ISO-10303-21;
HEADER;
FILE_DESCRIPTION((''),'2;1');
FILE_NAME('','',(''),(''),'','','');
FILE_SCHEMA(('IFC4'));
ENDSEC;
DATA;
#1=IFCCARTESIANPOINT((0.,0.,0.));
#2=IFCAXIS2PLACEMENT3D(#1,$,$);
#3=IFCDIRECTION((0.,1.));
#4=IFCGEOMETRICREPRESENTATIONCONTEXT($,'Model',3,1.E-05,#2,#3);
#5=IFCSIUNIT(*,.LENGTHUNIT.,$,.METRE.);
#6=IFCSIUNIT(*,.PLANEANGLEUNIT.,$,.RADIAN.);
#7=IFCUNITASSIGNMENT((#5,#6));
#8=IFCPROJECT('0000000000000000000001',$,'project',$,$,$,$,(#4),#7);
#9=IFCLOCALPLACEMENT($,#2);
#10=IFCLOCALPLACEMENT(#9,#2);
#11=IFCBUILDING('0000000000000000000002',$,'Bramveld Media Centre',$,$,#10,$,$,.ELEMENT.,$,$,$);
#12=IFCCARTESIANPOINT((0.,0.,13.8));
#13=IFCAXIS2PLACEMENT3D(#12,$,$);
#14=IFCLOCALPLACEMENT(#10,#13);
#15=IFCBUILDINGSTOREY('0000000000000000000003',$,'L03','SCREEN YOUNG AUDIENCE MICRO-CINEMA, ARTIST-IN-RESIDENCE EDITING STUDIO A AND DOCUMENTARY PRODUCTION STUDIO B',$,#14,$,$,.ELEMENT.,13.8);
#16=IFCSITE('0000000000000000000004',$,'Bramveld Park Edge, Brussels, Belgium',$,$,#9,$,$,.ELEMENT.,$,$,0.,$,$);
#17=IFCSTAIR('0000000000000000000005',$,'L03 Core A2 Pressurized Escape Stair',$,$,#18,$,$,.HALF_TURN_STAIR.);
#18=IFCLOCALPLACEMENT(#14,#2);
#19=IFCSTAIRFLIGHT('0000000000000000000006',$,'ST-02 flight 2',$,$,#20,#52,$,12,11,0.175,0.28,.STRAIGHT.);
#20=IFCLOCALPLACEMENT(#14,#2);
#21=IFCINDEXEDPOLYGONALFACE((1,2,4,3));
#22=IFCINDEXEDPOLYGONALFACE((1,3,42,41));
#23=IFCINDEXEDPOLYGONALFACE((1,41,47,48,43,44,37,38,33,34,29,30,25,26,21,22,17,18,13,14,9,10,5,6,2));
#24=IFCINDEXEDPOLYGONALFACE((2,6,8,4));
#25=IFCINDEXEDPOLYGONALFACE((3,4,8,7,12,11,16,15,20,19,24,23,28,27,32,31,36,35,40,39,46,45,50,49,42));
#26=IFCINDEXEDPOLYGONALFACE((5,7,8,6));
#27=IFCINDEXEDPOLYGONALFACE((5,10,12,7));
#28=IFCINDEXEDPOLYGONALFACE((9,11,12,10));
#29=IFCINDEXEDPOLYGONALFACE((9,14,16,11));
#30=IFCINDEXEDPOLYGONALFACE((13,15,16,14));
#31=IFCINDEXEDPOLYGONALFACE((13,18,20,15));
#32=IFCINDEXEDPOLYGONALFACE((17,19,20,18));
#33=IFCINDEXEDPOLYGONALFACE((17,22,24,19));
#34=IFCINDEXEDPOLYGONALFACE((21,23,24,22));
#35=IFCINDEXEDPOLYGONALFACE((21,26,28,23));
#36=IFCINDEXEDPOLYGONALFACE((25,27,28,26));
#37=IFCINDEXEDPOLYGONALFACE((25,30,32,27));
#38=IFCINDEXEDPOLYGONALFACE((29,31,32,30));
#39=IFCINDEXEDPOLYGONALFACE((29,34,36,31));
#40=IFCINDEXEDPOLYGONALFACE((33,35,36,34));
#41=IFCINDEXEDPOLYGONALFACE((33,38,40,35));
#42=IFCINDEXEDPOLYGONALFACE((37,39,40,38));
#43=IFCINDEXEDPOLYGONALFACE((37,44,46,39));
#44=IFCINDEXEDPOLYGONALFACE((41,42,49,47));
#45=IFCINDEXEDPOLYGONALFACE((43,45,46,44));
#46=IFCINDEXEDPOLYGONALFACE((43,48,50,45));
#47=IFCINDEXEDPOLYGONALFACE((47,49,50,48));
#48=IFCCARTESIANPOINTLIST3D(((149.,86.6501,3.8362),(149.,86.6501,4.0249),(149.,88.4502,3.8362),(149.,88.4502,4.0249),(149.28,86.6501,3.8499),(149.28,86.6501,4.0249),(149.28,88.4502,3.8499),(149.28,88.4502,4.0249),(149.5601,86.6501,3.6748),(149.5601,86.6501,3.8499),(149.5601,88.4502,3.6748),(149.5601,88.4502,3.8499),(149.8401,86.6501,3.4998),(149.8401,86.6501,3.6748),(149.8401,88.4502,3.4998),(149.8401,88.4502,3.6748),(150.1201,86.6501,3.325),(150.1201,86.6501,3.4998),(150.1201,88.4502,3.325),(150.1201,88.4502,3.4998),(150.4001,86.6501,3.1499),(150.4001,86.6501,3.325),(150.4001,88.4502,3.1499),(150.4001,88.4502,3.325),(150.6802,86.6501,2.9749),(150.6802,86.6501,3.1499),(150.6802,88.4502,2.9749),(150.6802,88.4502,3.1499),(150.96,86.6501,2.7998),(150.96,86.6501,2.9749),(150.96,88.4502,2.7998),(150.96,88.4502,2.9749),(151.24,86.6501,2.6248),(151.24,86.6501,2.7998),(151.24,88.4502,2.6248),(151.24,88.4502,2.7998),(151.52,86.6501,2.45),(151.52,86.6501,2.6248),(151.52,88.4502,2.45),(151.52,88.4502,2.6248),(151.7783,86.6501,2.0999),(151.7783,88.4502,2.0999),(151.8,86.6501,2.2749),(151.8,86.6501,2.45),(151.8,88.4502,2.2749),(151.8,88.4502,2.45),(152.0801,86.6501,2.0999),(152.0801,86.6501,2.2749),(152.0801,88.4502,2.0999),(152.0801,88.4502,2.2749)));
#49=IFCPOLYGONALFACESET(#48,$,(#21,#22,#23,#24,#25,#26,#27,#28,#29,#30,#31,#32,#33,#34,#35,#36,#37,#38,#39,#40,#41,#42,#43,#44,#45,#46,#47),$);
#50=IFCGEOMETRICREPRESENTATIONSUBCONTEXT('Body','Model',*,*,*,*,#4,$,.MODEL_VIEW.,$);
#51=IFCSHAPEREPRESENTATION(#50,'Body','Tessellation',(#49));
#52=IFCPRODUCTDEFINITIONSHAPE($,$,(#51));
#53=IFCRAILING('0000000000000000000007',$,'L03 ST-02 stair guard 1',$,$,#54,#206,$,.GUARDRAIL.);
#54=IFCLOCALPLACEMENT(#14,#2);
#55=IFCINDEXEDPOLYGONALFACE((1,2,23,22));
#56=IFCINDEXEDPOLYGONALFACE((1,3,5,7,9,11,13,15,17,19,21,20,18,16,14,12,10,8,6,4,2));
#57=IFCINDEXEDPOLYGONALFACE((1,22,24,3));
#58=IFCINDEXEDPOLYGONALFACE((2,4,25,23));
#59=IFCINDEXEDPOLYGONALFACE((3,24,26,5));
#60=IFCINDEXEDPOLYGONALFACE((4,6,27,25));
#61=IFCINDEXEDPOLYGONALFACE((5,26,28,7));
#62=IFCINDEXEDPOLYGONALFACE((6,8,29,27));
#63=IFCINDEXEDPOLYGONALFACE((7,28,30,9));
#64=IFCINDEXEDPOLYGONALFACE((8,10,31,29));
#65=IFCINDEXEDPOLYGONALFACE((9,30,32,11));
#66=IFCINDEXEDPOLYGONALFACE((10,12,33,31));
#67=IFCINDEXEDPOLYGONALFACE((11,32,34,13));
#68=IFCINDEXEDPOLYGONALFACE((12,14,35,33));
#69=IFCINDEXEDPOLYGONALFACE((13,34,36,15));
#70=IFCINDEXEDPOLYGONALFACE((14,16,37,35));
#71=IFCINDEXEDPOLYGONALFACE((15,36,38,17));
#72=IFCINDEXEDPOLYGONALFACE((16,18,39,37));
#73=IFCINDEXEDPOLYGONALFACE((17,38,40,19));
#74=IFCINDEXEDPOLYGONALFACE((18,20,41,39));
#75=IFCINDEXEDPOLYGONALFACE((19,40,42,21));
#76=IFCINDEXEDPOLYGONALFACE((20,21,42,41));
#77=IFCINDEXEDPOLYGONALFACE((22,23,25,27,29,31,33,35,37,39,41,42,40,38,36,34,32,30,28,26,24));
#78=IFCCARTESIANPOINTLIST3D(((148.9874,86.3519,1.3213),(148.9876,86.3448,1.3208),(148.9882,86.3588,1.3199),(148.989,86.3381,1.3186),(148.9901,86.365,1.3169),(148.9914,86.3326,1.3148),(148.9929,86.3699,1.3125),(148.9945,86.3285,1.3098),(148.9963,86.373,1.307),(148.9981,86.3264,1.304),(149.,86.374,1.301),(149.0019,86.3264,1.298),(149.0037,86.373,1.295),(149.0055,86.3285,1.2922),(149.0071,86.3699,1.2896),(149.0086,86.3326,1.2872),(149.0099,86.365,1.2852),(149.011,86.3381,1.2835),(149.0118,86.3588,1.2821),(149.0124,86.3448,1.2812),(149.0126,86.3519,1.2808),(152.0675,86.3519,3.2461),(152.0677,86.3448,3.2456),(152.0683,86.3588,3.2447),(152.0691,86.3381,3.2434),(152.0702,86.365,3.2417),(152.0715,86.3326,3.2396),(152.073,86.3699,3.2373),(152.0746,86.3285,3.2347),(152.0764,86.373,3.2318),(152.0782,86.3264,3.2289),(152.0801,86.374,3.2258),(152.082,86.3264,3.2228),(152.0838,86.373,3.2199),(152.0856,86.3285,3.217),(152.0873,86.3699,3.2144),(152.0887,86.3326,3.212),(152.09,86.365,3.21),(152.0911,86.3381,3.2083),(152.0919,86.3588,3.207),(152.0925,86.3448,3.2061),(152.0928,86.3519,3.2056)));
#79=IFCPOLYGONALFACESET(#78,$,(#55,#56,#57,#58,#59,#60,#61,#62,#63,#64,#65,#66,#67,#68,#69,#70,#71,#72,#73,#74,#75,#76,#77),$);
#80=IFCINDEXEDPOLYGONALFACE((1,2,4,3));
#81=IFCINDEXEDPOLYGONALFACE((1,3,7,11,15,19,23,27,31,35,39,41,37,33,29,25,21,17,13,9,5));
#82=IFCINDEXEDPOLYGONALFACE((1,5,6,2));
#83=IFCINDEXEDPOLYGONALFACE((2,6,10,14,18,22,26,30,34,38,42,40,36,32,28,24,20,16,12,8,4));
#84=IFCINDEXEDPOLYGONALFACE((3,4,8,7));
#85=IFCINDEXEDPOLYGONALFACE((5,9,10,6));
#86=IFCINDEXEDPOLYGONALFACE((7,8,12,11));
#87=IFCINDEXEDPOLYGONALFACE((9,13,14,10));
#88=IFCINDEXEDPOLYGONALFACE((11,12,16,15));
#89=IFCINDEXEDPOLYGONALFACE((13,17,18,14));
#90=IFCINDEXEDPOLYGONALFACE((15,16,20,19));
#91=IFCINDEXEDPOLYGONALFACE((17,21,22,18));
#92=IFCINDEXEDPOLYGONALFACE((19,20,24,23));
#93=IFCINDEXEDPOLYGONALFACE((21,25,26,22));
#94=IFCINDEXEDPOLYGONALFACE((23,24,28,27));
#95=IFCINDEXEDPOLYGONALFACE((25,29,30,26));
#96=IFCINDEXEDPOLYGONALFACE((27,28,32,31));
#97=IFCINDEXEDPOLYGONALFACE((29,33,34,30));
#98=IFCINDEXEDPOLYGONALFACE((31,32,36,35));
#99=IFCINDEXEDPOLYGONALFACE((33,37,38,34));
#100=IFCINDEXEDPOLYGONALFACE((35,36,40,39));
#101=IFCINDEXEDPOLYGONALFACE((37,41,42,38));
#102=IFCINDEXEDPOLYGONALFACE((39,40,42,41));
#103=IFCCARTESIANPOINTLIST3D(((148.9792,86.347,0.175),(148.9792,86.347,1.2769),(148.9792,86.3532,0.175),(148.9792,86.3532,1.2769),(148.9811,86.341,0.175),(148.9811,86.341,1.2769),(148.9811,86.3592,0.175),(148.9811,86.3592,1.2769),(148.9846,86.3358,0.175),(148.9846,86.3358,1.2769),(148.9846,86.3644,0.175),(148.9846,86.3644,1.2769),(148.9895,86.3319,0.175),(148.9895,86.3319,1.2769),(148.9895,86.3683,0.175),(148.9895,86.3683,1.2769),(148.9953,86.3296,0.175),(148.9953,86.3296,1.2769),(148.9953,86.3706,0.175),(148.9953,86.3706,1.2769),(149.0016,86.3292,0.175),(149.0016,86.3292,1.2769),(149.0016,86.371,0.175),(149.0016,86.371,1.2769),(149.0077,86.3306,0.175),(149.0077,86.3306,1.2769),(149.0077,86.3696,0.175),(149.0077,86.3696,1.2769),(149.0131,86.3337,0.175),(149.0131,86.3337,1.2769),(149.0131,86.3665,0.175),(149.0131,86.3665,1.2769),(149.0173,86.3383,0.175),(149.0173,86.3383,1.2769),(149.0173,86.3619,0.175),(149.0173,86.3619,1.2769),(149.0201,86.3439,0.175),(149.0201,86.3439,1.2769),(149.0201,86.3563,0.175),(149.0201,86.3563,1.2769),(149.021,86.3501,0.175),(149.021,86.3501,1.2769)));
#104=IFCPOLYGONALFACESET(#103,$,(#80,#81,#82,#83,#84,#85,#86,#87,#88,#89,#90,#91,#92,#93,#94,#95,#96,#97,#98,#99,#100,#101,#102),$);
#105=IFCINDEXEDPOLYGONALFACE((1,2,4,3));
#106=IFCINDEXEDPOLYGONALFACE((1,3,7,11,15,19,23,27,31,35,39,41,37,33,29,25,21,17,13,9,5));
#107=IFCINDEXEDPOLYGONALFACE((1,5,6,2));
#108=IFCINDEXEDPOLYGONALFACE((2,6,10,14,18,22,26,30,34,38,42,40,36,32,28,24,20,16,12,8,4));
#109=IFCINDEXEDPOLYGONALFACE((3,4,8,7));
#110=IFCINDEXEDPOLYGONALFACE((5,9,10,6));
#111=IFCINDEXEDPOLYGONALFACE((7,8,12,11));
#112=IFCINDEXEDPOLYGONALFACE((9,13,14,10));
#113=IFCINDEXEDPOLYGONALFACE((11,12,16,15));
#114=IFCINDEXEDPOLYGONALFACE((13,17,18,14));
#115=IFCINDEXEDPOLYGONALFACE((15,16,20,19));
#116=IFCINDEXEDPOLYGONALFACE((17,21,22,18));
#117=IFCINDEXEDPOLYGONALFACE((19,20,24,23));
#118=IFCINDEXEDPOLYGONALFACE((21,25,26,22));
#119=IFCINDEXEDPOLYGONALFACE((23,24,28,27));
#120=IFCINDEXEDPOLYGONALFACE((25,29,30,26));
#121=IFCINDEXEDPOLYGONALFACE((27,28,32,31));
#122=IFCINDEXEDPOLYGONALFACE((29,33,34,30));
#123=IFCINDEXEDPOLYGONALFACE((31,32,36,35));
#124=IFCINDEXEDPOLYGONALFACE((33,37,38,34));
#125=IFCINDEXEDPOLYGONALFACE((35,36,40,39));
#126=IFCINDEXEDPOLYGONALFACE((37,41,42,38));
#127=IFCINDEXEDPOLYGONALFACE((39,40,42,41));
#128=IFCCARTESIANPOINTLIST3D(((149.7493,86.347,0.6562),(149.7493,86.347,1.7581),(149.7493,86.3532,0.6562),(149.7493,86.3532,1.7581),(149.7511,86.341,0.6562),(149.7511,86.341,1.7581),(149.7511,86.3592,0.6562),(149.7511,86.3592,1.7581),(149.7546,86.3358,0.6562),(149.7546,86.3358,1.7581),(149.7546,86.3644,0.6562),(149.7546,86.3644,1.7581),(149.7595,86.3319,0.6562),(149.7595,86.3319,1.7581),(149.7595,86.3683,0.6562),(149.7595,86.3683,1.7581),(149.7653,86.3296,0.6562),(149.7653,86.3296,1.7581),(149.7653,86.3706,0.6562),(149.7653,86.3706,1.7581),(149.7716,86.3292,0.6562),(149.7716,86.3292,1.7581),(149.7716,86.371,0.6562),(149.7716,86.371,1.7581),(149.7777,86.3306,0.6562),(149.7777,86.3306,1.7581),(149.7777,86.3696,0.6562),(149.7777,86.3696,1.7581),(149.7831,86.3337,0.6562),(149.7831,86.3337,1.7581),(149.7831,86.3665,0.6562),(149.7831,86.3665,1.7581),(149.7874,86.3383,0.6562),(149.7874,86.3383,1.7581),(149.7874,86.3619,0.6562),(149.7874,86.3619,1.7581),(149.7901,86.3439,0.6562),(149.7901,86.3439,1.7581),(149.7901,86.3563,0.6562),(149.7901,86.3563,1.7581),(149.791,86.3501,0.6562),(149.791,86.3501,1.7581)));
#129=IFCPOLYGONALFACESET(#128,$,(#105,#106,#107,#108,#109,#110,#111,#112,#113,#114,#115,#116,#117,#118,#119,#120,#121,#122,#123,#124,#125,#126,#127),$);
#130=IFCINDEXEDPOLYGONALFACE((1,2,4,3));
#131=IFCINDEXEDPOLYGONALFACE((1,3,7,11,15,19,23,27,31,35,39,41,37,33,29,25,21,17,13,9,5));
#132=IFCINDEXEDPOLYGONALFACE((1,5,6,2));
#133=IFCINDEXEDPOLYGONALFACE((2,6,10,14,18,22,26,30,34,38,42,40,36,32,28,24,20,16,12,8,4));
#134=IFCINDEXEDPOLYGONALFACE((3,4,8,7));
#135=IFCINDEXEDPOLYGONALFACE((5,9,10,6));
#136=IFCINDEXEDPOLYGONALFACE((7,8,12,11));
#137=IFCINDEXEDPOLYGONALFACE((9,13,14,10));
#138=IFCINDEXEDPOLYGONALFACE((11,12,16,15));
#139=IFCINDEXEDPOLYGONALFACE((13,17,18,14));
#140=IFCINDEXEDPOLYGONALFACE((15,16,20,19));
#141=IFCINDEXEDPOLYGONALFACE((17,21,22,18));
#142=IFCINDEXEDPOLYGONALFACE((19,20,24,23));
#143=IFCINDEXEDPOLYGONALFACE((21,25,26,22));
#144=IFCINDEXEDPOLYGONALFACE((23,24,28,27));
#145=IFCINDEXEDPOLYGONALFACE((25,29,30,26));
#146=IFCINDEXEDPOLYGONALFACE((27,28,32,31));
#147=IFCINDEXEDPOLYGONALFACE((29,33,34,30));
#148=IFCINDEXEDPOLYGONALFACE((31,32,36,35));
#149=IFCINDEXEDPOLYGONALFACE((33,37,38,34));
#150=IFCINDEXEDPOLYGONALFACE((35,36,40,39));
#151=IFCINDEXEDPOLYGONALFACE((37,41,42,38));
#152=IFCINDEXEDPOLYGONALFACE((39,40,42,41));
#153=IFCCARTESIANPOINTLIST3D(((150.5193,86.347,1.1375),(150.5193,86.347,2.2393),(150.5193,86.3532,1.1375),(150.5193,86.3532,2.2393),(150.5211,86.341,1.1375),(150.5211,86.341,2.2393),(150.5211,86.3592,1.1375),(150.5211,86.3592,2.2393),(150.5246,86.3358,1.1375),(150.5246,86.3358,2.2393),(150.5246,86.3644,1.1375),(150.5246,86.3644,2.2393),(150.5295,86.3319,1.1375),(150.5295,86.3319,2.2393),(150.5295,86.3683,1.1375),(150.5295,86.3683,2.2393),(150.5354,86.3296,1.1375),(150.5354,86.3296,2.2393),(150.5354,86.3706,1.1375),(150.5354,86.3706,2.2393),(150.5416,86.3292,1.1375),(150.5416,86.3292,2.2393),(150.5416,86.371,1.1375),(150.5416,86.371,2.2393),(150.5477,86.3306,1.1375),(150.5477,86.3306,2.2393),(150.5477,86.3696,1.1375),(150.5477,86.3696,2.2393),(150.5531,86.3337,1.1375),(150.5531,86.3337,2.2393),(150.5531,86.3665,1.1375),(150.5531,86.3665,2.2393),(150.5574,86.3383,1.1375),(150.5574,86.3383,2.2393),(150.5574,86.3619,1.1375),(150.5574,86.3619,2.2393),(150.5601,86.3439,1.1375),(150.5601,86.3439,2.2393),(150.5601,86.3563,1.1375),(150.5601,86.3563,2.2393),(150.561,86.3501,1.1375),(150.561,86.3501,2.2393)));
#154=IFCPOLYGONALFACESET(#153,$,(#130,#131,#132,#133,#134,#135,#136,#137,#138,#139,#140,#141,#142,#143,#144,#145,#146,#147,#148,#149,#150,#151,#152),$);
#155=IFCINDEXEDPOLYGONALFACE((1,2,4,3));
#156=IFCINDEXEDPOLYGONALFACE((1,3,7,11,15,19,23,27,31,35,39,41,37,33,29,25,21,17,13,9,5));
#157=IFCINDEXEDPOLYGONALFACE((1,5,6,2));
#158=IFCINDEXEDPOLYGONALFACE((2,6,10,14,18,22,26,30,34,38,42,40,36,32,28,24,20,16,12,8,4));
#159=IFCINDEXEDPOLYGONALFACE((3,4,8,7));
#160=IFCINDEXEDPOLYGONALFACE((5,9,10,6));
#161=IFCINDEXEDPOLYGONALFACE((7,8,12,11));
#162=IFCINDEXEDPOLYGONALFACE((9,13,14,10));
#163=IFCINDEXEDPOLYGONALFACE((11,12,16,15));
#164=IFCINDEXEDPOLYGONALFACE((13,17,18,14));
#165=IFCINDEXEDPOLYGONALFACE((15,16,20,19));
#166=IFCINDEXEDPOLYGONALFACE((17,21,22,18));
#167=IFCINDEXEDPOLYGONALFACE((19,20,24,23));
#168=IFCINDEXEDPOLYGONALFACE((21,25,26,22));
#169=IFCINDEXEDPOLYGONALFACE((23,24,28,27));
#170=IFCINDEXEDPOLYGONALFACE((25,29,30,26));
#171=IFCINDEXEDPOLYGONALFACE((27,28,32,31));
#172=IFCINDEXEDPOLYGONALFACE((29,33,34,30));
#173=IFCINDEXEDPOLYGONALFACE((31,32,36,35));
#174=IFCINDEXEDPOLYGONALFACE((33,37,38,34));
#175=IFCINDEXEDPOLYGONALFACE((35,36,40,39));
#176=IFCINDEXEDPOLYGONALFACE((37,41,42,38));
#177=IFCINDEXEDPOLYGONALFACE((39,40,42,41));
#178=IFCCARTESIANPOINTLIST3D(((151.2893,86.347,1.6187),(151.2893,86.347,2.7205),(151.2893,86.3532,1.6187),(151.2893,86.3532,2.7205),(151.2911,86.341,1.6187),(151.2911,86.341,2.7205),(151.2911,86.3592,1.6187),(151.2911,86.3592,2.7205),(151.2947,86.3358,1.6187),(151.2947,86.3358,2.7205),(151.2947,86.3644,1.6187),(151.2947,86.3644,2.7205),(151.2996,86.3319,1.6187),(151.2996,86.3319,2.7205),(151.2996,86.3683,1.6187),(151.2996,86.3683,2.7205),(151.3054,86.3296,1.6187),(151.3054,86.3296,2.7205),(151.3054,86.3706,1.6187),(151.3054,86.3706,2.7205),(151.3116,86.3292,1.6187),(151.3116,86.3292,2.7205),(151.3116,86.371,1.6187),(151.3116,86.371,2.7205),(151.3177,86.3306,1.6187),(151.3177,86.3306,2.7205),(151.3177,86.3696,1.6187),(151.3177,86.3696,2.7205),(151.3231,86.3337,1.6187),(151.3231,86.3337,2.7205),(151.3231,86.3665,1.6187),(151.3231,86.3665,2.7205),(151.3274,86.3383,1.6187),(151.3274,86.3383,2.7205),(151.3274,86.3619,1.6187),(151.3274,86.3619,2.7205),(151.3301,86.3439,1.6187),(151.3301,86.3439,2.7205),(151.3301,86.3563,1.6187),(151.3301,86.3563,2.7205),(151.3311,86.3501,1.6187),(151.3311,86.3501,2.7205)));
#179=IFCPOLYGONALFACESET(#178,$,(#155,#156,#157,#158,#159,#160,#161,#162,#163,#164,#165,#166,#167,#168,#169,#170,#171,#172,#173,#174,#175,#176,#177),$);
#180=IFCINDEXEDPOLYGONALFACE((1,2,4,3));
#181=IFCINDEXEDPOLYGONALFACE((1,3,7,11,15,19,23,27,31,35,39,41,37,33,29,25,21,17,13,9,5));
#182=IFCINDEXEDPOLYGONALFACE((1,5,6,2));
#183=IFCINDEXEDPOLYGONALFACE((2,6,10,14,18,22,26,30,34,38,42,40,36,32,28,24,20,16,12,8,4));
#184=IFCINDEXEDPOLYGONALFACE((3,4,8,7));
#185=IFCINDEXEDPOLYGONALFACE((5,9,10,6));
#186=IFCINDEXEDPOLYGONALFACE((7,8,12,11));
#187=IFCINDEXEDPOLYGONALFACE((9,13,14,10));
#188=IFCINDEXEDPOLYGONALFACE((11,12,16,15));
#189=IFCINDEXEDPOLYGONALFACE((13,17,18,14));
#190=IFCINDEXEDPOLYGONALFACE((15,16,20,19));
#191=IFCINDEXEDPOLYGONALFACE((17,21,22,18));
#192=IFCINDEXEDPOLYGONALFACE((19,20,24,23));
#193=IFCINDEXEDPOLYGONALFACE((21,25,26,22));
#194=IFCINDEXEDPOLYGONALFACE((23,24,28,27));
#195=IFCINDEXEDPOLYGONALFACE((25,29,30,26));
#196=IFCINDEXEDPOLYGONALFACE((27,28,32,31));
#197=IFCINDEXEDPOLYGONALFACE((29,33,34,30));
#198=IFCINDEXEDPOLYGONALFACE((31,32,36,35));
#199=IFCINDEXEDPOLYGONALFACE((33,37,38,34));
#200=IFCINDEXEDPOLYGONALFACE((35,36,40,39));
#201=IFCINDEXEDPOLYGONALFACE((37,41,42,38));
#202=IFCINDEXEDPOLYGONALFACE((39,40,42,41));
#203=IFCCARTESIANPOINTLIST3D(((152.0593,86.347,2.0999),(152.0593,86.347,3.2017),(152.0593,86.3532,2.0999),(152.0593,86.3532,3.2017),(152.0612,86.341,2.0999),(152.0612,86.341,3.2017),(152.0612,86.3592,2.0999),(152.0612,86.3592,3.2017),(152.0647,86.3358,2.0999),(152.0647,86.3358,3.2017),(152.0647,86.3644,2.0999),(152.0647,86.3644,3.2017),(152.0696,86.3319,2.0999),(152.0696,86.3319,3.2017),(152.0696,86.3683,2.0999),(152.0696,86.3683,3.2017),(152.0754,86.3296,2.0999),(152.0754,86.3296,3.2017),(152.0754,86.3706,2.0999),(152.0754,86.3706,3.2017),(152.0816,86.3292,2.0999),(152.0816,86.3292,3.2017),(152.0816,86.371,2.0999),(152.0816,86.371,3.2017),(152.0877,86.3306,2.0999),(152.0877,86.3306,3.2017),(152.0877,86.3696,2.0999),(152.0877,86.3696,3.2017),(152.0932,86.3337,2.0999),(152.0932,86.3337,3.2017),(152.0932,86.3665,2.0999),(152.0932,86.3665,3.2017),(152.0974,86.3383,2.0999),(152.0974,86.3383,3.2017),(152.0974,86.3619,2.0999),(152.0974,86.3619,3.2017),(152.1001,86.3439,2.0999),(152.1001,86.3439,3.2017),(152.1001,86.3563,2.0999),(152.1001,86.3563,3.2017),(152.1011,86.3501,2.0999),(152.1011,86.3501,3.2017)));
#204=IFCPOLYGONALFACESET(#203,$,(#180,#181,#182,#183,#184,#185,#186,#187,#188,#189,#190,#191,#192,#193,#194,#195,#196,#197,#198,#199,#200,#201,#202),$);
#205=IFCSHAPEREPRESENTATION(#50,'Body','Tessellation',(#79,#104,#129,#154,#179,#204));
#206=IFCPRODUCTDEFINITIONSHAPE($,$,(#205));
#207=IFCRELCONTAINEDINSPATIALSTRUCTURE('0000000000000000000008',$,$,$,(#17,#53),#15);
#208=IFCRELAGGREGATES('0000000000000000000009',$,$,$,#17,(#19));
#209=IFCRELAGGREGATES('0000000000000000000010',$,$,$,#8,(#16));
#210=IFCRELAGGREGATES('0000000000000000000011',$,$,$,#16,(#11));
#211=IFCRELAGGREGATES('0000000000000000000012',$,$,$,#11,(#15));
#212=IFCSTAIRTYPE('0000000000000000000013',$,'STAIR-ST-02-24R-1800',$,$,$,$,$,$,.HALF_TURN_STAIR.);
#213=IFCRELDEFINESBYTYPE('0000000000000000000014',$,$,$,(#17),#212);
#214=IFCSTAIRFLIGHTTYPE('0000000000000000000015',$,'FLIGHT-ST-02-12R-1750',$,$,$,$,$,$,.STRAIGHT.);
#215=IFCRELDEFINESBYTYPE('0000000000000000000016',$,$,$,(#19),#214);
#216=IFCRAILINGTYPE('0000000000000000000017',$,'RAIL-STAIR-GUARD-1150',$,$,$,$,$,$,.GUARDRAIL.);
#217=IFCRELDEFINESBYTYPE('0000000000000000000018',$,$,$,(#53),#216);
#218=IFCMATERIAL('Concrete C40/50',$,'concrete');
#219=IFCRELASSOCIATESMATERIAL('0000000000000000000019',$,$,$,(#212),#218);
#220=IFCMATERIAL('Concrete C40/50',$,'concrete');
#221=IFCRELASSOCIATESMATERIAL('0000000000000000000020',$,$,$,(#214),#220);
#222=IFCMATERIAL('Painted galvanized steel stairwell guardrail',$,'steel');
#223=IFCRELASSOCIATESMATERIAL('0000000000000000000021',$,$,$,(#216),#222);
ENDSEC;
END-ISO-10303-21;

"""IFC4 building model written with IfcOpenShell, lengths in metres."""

from ifc_helpers import new_model, si_unit, direction, frame, origin, origin_2d, place, context, subcontext, project, spatial, polyline, circle, outline, extrude, material, type_object, element, aggregate, save


model = new_model("IFC4")

# Units and contexts
model_context = context("Model", 3, precision=1e-05, world=origin(), true_north=direction((0.0, 1.0)))
body_context = subcontext(model_context, "Body", "Model", "MODEL_VIEW")
ifc_project = project(units=[si_unit("LENGTHUNIT", "METRE"), si_unit("PLANEANGLEUNIT", "RADIAN")], contexts=[model_context])

# Site, building, storey
site_placement = place(None, origin())
site = spatial("IfcSite", under=ifc_project, at=site_placement, Name="Bramveld Park Edge, Brussels, Belgium", CompositionType="ELEMENT", RefElevation=0.0)
building_placement = place(site_placement, origin())
building = spatial("IfcBuilding", under=site, at=building_placement, Name="Bramveld Media Centre", CompositionType="ELEMENT")
storey_placement = place(building_placement, frame((0.0, 0.0, 13.8)))
storey = spatial("IfcBuildingStorey", under=building, at=storey_placement, Name="L03", Description="SCREEN YOUNG AUDIENCE MICRO-CINEMA, ARTIST-IN-RESIDENCE EDITING STUDIO A AND DOCUMENTARY PRODUCTION STUDIO B", CompositionType="ELEMENT", Elevation=13.8)

# Stair, stair flight
ifc_material_1 = material(Name="Concrete C40/50", Category="concrete")
stair_type = type_object("IfcStairType", Name="STAIR-ST-02-24R-1800", PredefinedType="HALF_TURN_STAIR", material=ifc_material_1)
stair_placement = place(storey_placement, origin())
stair = element("IfcStair", 1, at=stair_placement, inside=storey, type_object=stair_type, Name="L03 Core A2 Pressurized Escape Stair", PredefinedType="HALF_TURN_STAIR")
ifc_material_2 = material(Name="Concrete C40/50", Category="concrete")
stair_flight_type = type_object("IfcStairFlightType", Name="FLIGHT-ST-02-12R-1750", PredefinedType="STRAIGHT", material=ifc_material_2)
stair_flight_placement = place(storey_placement, frame((152.0801, 87.55, 2.0999), z_axis=(0.0, 0.0, 1.0), x_axis=(-1.0, 0.0, 0.0)))
stair_flight = element("IfcStairFlight", 2, at=stair_flight_placement, type_object=stair_flight_type, Name="ST-02 flight 2", NumberOfRisers=12, NumberOfTreads=11, PredefinedType="STRAIGHT", RiserHeight=0.175, TreadLength=0.28, context=body_context, shape_type="SweptSolid", body=[
    extrude(outline(polyline([(0.0, 0.0), (0.0, 0.175), (0.28, 0.175), (0.28, 0.3501), (0.5601, 0.3501), (0.5601, 0.5249), (0.8401, 0.5249), (0.8401, 0.7), (1.1201, 0.7), (1.1201, 0.875), (1.3999, 0.875), (1.3999, 1.05), (1.6799, 1.05), (1.6799, 1.2251), (1.96, 1.2251), (1.96, 1.3999), (2.24, 1.3999), (2.24, 1.575), (2.52, 1.575), (2.52, 1.75), (2.8, 1.75), (2.8, 1.925), (3.0801, 1.925), (3.0801, 2.1001), (3.0801, 1.7363), (0.3018, 0.0), (0.0, 0.0)])), frame((0.0, 0.8999, 0.0), z_axis=(0.0, -1.0, 0.0), x_axis=(1.0, 0.0, 0.0)), (0.0, 0.0, 1.0), 1.8),
])
aggregate(stair, [stair_flight])

# Railing
ifc_material_3 = material(Name="Painted galvanized steel stairwell guardrail", Category="steel")
railing_type_1 = type_object("IfcRailingType", Name="RAIL-STAIR-GUARD-1150", PredefinedType="GUARDRAIL", material=ifc_material_3)
railing_1_placement = place(storey_placement, frame((149.0, 86.3501, 0.175)))
element("IfcRailing", 3, at=railing_1_placement, inside=storey, type_object=railing_type_1, Name="L03 ST-02 stair guard 1", PredefinedType="GUARDRAIL", context=body_context, shape_type="SweptSolid", body=[
    extrude(circle(Radius=0.0239, at=origin_2d()), frame((0.0, 0.0, 1.126), z_axis=(0.848029, 0.0, 0.529951), x_axis=(0.0, 1.0, 0.0)), (0.0, 0.0, 1.0), 3.6321),
    extrude(circle(Radius=0.021, at=origin_2d()), origin(), (0.0, 0.0, 1.0), 1.1018),
    extrude(circle(Radius=0.021, at=origin_2d()), frame((0.77, 0.0, 0.4812)), (0.0, 0.0, 1.0), 1.1018),
    extrude(circle(Radius=0.021, at=origin_2d()), frame((1.54, 0.0, 0.9624)), (0.0, 0.0, 1.0), 1.1018),
    extrude(circle(Radius=0.021, at=origin_2d()), frame((2.3101, 0.0, 1.4436)), (0.0, 0.0, 1.0), 1.1018),
    extrude(circle(Radius=0.021, at=origin_2d()), frame((3.0801, 0.0, 1.9248)), (0.0, 0.0, 1.0), 1.1018),
])

save(model, "model.ifc")
